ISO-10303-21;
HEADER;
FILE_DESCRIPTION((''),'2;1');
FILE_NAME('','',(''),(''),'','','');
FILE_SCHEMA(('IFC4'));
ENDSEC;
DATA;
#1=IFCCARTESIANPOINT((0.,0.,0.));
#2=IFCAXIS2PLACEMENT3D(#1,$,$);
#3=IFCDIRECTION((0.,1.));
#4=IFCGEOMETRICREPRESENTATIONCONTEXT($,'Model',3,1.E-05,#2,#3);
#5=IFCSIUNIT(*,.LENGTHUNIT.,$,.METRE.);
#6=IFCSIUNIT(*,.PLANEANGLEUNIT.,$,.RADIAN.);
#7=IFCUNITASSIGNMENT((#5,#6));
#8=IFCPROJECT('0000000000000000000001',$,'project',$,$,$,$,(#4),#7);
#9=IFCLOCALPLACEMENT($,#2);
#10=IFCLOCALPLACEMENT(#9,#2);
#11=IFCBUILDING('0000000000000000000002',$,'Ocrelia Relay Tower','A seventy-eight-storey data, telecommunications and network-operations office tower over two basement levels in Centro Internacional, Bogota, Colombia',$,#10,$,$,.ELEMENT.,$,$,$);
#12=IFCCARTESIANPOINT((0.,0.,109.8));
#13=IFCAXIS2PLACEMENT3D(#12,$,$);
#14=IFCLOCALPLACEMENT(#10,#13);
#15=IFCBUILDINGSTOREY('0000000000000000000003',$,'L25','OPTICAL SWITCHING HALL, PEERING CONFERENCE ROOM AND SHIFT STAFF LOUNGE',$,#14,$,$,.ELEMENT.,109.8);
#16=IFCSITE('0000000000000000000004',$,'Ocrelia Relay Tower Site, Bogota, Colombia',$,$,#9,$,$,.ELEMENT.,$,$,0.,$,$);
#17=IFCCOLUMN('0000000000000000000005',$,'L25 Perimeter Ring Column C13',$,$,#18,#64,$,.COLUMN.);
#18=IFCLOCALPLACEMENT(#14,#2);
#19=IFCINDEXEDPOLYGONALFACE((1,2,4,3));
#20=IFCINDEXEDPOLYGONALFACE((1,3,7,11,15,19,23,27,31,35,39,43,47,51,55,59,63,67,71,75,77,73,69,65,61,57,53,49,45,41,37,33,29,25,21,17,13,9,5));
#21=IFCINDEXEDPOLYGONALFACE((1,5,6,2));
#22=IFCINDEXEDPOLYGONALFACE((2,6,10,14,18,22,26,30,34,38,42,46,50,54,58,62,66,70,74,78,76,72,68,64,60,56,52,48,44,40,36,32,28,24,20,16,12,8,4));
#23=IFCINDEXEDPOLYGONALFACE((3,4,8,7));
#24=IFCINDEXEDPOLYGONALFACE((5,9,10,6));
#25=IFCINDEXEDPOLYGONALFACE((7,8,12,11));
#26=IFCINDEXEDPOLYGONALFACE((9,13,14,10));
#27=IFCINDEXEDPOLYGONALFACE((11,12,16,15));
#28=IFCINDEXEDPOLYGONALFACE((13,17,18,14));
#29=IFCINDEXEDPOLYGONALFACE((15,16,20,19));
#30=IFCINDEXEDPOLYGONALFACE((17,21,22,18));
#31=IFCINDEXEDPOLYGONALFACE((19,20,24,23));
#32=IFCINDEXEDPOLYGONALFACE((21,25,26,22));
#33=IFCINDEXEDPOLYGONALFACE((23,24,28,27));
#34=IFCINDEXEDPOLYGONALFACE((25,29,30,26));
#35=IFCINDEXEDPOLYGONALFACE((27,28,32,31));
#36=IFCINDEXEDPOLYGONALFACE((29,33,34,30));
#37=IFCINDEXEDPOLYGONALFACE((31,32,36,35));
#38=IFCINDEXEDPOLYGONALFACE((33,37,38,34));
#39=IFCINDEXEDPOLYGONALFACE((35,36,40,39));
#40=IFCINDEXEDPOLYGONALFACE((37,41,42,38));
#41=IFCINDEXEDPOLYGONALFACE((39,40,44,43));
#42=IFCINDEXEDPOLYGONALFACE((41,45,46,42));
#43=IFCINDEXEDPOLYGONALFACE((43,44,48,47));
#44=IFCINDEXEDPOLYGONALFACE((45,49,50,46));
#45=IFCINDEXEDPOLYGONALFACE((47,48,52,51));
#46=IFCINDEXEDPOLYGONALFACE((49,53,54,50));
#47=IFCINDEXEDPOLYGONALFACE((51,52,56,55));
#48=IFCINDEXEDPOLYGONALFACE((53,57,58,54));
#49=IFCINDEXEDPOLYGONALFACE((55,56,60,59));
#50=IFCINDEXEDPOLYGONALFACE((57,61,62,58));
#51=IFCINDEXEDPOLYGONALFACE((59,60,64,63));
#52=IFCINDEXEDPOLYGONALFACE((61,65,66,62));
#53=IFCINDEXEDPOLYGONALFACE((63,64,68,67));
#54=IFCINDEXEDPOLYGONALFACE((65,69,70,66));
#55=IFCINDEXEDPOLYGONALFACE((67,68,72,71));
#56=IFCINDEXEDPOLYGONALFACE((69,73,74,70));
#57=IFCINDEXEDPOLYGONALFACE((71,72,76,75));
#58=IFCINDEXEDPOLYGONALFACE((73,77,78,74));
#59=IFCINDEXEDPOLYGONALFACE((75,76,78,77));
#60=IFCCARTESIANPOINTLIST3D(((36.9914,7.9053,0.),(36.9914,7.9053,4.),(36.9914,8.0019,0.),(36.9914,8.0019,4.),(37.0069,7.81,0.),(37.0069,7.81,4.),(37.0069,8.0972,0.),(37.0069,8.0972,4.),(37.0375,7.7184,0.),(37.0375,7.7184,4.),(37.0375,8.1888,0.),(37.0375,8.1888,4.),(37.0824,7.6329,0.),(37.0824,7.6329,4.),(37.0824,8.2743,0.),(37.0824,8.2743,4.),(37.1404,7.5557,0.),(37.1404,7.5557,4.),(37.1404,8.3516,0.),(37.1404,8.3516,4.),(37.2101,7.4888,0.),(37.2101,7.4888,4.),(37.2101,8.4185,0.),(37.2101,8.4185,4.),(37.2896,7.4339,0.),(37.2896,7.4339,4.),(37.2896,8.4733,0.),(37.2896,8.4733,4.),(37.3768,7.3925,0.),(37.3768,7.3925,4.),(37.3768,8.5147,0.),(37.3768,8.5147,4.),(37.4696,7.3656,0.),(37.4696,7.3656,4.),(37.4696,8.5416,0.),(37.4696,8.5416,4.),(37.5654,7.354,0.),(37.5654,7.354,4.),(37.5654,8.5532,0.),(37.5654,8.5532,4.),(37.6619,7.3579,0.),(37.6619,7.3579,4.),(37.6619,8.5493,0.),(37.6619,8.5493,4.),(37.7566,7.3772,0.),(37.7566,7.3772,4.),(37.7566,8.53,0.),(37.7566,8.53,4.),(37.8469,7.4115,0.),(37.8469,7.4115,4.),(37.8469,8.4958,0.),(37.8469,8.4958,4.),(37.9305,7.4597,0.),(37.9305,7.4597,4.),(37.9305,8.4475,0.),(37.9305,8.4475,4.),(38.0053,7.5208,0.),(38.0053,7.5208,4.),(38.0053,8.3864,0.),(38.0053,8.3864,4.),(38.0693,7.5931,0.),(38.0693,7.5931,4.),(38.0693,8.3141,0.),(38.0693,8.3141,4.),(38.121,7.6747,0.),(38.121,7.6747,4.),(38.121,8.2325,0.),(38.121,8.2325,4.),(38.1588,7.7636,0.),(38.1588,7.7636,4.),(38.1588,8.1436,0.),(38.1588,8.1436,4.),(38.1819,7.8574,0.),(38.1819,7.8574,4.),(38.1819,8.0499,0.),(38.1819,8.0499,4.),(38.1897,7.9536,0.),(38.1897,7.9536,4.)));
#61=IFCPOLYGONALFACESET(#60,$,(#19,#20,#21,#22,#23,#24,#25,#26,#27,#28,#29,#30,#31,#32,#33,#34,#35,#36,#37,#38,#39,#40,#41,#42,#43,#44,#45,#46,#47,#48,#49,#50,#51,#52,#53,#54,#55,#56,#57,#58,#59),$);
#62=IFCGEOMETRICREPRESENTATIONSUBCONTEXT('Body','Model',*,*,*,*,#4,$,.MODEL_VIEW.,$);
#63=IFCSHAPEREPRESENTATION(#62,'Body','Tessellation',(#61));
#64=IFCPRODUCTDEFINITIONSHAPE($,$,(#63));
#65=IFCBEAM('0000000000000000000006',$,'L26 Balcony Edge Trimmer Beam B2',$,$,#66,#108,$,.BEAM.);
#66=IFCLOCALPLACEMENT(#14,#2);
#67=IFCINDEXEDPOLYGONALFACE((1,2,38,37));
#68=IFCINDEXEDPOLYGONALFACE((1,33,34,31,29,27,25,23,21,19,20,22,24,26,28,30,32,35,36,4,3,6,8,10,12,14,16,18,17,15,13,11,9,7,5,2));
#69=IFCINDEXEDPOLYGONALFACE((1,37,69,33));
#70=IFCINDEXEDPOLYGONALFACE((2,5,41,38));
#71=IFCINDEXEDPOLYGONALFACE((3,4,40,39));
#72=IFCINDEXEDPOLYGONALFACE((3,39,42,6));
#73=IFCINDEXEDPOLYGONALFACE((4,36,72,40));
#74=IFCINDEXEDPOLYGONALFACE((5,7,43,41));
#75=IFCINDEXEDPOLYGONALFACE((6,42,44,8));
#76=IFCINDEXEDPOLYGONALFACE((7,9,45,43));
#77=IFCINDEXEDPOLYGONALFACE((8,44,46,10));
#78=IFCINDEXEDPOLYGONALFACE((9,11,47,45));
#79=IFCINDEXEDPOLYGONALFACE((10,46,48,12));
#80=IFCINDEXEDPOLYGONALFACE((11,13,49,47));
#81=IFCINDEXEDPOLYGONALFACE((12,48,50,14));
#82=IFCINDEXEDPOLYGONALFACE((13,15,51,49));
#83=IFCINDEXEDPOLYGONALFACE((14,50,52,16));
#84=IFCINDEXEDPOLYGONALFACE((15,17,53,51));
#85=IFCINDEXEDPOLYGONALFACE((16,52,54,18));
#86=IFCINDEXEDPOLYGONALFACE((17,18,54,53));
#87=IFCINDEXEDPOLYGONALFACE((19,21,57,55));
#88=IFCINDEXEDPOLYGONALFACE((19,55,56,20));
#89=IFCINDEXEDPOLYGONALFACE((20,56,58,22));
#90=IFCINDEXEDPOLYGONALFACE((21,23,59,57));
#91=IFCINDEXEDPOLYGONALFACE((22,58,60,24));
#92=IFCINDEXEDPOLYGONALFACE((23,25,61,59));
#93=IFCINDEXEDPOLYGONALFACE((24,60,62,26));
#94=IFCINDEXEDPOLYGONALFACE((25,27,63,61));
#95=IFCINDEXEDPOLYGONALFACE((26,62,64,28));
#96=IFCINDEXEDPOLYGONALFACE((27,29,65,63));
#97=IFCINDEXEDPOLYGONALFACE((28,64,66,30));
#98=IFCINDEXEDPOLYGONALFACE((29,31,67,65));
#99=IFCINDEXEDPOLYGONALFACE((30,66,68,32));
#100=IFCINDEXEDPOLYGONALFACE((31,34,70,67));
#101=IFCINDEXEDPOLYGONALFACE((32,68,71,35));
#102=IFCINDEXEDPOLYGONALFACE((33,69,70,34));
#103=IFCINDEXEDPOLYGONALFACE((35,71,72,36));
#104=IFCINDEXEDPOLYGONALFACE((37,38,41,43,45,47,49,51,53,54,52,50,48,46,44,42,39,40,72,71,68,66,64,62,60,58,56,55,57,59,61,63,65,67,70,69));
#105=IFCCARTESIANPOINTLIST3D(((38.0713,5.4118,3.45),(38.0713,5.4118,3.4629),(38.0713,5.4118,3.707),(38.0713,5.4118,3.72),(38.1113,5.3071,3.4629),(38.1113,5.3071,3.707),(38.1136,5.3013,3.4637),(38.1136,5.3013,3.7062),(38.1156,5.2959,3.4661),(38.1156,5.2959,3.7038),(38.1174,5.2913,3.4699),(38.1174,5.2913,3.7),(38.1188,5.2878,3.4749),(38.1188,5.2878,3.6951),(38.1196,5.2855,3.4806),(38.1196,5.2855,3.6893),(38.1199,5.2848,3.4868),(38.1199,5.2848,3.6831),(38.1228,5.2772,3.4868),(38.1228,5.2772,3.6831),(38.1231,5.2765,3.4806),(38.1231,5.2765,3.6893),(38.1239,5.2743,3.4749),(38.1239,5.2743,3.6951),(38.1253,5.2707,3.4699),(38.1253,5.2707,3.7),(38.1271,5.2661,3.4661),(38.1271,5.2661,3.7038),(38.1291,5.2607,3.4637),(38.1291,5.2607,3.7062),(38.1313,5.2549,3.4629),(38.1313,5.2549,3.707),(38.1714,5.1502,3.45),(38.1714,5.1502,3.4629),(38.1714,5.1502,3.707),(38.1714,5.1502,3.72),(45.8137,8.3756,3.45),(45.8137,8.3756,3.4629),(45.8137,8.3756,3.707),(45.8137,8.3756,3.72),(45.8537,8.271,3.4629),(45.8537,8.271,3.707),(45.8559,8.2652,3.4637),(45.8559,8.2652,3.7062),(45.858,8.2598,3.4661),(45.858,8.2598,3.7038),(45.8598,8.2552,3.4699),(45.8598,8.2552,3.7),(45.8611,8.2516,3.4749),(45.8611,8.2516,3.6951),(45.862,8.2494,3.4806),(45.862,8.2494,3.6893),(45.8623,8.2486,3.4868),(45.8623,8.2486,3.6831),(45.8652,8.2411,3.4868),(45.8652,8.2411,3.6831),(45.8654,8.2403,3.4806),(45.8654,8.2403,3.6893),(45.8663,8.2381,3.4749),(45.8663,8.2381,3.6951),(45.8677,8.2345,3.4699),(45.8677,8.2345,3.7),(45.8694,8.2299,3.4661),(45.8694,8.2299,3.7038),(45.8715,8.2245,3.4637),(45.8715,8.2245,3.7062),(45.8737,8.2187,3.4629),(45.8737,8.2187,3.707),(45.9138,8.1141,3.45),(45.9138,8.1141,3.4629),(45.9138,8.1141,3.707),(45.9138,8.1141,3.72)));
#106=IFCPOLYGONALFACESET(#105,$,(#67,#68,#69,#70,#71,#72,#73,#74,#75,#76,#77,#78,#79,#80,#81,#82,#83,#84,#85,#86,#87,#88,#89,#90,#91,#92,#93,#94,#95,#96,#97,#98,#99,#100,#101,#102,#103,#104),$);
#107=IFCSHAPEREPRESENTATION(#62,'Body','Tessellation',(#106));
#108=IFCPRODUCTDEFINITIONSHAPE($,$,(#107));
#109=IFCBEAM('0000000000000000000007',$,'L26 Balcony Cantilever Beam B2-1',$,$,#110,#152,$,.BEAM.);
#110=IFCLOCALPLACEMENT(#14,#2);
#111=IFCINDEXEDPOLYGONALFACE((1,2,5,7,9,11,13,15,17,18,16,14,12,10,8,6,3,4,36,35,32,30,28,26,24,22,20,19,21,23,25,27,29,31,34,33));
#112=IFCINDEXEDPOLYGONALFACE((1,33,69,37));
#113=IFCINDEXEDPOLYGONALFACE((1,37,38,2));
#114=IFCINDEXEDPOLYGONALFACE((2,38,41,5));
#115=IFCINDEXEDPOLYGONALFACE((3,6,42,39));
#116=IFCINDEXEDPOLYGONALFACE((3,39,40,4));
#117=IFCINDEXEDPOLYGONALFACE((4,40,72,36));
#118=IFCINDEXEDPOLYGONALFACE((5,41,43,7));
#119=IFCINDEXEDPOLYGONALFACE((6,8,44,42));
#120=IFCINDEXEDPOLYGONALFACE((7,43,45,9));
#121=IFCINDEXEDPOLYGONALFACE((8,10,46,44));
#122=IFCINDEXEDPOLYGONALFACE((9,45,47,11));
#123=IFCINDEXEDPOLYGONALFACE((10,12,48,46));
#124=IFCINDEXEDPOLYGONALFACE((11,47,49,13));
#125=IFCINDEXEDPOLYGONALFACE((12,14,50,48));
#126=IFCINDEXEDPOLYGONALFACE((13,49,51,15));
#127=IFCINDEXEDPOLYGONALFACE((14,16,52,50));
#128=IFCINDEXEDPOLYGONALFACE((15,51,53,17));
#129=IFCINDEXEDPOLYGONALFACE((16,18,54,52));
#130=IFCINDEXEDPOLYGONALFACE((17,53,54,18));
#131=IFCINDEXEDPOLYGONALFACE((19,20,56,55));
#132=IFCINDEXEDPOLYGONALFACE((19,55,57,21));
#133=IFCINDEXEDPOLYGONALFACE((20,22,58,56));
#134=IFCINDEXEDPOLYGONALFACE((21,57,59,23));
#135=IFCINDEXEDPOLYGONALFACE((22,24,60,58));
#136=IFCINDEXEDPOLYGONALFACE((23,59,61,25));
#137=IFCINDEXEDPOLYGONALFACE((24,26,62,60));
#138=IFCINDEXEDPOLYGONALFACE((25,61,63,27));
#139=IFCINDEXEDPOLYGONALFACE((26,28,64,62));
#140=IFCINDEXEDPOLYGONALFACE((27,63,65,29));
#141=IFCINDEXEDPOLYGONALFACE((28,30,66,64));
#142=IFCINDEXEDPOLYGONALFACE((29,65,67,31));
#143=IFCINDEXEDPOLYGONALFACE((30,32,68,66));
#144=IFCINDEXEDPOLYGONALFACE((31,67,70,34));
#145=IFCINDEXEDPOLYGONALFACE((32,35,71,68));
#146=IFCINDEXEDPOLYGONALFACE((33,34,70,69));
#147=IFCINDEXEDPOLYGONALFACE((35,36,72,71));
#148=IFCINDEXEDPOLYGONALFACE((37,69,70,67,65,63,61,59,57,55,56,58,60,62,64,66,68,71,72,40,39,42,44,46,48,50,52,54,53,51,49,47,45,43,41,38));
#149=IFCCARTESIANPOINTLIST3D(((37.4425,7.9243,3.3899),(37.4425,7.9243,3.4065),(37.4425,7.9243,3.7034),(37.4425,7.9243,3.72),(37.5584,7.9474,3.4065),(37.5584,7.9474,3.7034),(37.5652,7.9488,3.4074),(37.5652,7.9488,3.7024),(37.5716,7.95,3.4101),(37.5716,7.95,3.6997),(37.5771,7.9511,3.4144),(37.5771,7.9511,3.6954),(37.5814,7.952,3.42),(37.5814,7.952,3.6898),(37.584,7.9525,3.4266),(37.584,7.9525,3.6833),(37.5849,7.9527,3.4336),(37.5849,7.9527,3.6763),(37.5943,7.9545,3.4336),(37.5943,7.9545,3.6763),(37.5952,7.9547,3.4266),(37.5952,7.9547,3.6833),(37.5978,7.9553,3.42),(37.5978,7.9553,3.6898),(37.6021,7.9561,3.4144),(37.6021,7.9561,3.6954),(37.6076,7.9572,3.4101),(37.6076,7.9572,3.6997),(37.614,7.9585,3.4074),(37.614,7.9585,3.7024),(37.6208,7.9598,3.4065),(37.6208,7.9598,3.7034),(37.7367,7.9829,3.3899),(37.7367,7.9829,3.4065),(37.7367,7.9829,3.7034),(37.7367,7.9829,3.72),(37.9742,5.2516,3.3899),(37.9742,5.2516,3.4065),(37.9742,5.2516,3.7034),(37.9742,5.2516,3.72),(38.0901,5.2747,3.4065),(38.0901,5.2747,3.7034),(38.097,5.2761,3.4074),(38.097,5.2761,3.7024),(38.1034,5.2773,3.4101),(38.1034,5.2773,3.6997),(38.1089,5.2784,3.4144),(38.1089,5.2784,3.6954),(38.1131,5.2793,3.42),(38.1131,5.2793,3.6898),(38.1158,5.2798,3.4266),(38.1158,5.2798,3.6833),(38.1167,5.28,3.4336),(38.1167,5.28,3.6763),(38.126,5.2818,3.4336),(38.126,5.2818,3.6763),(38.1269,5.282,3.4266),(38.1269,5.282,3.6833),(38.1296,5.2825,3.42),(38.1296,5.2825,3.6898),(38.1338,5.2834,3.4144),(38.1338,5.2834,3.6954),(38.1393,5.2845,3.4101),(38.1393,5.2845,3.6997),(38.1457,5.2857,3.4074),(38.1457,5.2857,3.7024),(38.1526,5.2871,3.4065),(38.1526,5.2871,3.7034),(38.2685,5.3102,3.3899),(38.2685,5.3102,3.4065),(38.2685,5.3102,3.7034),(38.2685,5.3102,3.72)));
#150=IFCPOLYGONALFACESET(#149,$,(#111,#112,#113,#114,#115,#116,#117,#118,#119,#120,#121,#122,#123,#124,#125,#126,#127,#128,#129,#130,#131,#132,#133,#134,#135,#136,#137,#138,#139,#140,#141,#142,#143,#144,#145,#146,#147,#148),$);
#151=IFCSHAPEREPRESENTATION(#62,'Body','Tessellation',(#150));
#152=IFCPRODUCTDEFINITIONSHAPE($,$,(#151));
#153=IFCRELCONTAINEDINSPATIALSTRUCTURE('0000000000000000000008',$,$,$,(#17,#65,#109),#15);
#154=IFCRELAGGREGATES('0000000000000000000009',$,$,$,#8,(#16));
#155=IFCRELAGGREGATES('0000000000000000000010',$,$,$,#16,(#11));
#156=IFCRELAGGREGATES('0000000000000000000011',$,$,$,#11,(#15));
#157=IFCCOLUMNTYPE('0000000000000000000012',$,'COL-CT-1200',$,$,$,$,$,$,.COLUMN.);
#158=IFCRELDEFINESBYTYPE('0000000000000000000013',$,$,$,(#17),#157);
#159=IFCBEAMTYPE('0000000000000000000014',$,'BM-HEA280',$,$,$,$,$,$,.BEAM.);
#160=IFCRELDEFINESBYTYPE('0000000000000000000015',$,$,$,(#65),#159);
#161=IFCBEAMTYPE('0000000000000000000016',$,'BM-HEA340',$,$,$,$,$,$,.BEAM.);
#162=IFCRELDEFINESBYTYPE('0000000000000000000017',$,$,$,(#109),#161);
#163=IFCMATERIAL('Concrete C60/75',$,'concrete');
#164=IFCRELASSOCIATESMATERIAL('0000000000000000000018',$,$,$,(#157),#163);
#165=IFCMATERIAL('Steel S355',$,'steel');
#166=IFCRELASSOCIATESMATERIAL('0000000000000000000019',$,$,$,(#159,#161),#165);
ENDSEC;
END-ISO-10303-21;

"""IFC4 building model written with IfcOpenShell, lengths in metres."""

from ifc_helpers import new_model, si_unit, direction, frame, origin, origin_2d, place, context, subcontext, project, spatial, circle, i_section, extrude, material, material_profile, profile_set, type_object, element, save


model = new_model("IFC4")

# Units and contexts
model_context = context("Model", 3, precision=1e-05, world=origin(), true_north=direction((0.0, 1.0)))
body_context = subcontext(model_context, "Body", "Model", "MODEL_VIEW")
ifc_project = project(units=[si_unit("LENGTHUNIT", "METRE"), si_unit("PLANEANGLEUNIT", "RADIAN")], contexts=[model_context])

# Site, building, storey
site_placement = place(None, origin())
site = spatial("IfcSite", under=ifc_project, at=site_placement, Name="Ocrelia Relay Tower Site, Bogota, Colombia", CompositionType="ELEMENT", RefElevation=0.0)
building_placement = place(site_placement, origin())
building = spatial("IfcBuilding", under=site, at=building_placement, Name="Ocrelia Relay Tower", Description="A seventy-eight-storey data, telecommunications and network-operations office tower over two basement levels in Centro Internacional, Bogota, Colombia", CompositionType="ELEMENT")
storey_placement = place(building_placement, frame((0.0, 0.0, 109.8)))
storey = spatial("IfcBuildingStorey", under=building, at=storey_placement, Name="L25", Description="OPTICAL SWITCHING HALL, PEERING CONFERENCE ROOM AND SHIFT STAFF LOUNGE", CompositionType="ELEMENT", Elevation=109.8)

# Column
ifc_material_1 = material(Name="Concrete C60/75", Category="concrete")
ifc_material_profile_1 = material_profile(ifc_material_1, circle(Radius=0.6001, at=origin_2d()), Name="RC-CIR-1200")
ifc_profile_set_1 = profile_set([ifc_material_profile_1], Name="Concrete C60/75")
column_type = type_object("IfcColumnType", Name="COL-CT-1200", PredefinedType="COLUMN", material=ifc_profile_set_1)
column_placement = place(storey_placement, frame((37.5896, 7.9536, 0.0), z_axis=(0.0, 0.0, 1.0), x_axis=(1.0, 0.0, 0.0)))
element("IfcColumn", 1, at=column_placement, inside=storey, type_object=column_type, Name="L25 Perimeter Ring Column C13", PredefinedType="COLUMN", context=body_context, shape_type="SweptSolid", body=[
    extrude(circle(Radius=0.6001, at=origin_2d()), origin(), (0.0, 0.0, 1.0), 4.0),
])

# Beams
ifc_material_2 = material(Name="Steel S355", Category="steel")
ifc_material_profile_2 = material_profile(ifc_material_2, i_section(OverallWidth=0.28, OverallDepth=0.27, WebThickness=0.0081, FlangeThickness=0.0129, FilletRadius=0.0239, at=origin_2d()), Name="HEA 280")
ifc_profile_set_2 = profile_set([ifc_material_profile_2], Name="Steel S355")
beam_type_1 = type_object("IfcBeamType", Name="BM-HEA280", PredefinedType="BEAM", material=ifc_profile_set_2)
beam_1_placement = place(storey_placement, frame((38.1213, 5.281, 3.585), z_axis=(0.93391, 0.357508, 0.0), x_axis=(-0.357508, 0.93391, 0.0)))
element("IfcBeam", 2, at=beam_1_placement, inside=storey, type_object=beam_type_1, Name="L26 Balcony Edge Trimmer Beam B2", PredefinedType="BEAM", context=body_context, shape_type="SweptSolid", body=[
    extrude(i_section(OverallWidth=0.28, OverallDepth=0.27, WebThickness=0.0081, FlangeThickness=0.0129, FilletRadius=0.0239, at=origin_2d()), origin(), (0.0, 0.0, 1.0), 8.2903),
])
ifc_material_profile_3 = material_profile(ifc_material_2, i_section(OverallWidth=0.3, OverallDepth=0.3301, WebThickness=0.0095, FlangeThickness=0.0166, FilletRadius=0.0271, at=origin_2d()), Name="HEA 340")
ifc_profile_set_3 = profile_set([ifc_material_profile_3], Name="Steel S355")
beam_type_2 = type_object("IfcBeamType", Name="BM-HEA340", PredefinedType="BEAM", material=ifc_profile_set_3)
beam_2_placement = place(storey_placement, frame((37.5896, 7.9536, 3.5549), z_axis=(0.195134, -0.980777, 0.0), x_axis=(0.980777, 0.195134, 0.0)))
element("IfcBeam", 3, at=beam_2_placement, inside=storey, type_object=beam_type_2, Name="L26 Balcony Cantilever Beam B2-1", PredefinedType="BEAM", context=body_context, shape_type="SweptSolid", body=[
    extrude(i_section(OverallWidth=0.3, OverallDepth=0.3301, WebThickness=0.0095, FlangeThickness=0.0166, FilletRadius=0.0271, at=origin_2d()), origin(), (0.0, 0.0, 1.0), 2.7251),
])

save(model, "model.ifc")
